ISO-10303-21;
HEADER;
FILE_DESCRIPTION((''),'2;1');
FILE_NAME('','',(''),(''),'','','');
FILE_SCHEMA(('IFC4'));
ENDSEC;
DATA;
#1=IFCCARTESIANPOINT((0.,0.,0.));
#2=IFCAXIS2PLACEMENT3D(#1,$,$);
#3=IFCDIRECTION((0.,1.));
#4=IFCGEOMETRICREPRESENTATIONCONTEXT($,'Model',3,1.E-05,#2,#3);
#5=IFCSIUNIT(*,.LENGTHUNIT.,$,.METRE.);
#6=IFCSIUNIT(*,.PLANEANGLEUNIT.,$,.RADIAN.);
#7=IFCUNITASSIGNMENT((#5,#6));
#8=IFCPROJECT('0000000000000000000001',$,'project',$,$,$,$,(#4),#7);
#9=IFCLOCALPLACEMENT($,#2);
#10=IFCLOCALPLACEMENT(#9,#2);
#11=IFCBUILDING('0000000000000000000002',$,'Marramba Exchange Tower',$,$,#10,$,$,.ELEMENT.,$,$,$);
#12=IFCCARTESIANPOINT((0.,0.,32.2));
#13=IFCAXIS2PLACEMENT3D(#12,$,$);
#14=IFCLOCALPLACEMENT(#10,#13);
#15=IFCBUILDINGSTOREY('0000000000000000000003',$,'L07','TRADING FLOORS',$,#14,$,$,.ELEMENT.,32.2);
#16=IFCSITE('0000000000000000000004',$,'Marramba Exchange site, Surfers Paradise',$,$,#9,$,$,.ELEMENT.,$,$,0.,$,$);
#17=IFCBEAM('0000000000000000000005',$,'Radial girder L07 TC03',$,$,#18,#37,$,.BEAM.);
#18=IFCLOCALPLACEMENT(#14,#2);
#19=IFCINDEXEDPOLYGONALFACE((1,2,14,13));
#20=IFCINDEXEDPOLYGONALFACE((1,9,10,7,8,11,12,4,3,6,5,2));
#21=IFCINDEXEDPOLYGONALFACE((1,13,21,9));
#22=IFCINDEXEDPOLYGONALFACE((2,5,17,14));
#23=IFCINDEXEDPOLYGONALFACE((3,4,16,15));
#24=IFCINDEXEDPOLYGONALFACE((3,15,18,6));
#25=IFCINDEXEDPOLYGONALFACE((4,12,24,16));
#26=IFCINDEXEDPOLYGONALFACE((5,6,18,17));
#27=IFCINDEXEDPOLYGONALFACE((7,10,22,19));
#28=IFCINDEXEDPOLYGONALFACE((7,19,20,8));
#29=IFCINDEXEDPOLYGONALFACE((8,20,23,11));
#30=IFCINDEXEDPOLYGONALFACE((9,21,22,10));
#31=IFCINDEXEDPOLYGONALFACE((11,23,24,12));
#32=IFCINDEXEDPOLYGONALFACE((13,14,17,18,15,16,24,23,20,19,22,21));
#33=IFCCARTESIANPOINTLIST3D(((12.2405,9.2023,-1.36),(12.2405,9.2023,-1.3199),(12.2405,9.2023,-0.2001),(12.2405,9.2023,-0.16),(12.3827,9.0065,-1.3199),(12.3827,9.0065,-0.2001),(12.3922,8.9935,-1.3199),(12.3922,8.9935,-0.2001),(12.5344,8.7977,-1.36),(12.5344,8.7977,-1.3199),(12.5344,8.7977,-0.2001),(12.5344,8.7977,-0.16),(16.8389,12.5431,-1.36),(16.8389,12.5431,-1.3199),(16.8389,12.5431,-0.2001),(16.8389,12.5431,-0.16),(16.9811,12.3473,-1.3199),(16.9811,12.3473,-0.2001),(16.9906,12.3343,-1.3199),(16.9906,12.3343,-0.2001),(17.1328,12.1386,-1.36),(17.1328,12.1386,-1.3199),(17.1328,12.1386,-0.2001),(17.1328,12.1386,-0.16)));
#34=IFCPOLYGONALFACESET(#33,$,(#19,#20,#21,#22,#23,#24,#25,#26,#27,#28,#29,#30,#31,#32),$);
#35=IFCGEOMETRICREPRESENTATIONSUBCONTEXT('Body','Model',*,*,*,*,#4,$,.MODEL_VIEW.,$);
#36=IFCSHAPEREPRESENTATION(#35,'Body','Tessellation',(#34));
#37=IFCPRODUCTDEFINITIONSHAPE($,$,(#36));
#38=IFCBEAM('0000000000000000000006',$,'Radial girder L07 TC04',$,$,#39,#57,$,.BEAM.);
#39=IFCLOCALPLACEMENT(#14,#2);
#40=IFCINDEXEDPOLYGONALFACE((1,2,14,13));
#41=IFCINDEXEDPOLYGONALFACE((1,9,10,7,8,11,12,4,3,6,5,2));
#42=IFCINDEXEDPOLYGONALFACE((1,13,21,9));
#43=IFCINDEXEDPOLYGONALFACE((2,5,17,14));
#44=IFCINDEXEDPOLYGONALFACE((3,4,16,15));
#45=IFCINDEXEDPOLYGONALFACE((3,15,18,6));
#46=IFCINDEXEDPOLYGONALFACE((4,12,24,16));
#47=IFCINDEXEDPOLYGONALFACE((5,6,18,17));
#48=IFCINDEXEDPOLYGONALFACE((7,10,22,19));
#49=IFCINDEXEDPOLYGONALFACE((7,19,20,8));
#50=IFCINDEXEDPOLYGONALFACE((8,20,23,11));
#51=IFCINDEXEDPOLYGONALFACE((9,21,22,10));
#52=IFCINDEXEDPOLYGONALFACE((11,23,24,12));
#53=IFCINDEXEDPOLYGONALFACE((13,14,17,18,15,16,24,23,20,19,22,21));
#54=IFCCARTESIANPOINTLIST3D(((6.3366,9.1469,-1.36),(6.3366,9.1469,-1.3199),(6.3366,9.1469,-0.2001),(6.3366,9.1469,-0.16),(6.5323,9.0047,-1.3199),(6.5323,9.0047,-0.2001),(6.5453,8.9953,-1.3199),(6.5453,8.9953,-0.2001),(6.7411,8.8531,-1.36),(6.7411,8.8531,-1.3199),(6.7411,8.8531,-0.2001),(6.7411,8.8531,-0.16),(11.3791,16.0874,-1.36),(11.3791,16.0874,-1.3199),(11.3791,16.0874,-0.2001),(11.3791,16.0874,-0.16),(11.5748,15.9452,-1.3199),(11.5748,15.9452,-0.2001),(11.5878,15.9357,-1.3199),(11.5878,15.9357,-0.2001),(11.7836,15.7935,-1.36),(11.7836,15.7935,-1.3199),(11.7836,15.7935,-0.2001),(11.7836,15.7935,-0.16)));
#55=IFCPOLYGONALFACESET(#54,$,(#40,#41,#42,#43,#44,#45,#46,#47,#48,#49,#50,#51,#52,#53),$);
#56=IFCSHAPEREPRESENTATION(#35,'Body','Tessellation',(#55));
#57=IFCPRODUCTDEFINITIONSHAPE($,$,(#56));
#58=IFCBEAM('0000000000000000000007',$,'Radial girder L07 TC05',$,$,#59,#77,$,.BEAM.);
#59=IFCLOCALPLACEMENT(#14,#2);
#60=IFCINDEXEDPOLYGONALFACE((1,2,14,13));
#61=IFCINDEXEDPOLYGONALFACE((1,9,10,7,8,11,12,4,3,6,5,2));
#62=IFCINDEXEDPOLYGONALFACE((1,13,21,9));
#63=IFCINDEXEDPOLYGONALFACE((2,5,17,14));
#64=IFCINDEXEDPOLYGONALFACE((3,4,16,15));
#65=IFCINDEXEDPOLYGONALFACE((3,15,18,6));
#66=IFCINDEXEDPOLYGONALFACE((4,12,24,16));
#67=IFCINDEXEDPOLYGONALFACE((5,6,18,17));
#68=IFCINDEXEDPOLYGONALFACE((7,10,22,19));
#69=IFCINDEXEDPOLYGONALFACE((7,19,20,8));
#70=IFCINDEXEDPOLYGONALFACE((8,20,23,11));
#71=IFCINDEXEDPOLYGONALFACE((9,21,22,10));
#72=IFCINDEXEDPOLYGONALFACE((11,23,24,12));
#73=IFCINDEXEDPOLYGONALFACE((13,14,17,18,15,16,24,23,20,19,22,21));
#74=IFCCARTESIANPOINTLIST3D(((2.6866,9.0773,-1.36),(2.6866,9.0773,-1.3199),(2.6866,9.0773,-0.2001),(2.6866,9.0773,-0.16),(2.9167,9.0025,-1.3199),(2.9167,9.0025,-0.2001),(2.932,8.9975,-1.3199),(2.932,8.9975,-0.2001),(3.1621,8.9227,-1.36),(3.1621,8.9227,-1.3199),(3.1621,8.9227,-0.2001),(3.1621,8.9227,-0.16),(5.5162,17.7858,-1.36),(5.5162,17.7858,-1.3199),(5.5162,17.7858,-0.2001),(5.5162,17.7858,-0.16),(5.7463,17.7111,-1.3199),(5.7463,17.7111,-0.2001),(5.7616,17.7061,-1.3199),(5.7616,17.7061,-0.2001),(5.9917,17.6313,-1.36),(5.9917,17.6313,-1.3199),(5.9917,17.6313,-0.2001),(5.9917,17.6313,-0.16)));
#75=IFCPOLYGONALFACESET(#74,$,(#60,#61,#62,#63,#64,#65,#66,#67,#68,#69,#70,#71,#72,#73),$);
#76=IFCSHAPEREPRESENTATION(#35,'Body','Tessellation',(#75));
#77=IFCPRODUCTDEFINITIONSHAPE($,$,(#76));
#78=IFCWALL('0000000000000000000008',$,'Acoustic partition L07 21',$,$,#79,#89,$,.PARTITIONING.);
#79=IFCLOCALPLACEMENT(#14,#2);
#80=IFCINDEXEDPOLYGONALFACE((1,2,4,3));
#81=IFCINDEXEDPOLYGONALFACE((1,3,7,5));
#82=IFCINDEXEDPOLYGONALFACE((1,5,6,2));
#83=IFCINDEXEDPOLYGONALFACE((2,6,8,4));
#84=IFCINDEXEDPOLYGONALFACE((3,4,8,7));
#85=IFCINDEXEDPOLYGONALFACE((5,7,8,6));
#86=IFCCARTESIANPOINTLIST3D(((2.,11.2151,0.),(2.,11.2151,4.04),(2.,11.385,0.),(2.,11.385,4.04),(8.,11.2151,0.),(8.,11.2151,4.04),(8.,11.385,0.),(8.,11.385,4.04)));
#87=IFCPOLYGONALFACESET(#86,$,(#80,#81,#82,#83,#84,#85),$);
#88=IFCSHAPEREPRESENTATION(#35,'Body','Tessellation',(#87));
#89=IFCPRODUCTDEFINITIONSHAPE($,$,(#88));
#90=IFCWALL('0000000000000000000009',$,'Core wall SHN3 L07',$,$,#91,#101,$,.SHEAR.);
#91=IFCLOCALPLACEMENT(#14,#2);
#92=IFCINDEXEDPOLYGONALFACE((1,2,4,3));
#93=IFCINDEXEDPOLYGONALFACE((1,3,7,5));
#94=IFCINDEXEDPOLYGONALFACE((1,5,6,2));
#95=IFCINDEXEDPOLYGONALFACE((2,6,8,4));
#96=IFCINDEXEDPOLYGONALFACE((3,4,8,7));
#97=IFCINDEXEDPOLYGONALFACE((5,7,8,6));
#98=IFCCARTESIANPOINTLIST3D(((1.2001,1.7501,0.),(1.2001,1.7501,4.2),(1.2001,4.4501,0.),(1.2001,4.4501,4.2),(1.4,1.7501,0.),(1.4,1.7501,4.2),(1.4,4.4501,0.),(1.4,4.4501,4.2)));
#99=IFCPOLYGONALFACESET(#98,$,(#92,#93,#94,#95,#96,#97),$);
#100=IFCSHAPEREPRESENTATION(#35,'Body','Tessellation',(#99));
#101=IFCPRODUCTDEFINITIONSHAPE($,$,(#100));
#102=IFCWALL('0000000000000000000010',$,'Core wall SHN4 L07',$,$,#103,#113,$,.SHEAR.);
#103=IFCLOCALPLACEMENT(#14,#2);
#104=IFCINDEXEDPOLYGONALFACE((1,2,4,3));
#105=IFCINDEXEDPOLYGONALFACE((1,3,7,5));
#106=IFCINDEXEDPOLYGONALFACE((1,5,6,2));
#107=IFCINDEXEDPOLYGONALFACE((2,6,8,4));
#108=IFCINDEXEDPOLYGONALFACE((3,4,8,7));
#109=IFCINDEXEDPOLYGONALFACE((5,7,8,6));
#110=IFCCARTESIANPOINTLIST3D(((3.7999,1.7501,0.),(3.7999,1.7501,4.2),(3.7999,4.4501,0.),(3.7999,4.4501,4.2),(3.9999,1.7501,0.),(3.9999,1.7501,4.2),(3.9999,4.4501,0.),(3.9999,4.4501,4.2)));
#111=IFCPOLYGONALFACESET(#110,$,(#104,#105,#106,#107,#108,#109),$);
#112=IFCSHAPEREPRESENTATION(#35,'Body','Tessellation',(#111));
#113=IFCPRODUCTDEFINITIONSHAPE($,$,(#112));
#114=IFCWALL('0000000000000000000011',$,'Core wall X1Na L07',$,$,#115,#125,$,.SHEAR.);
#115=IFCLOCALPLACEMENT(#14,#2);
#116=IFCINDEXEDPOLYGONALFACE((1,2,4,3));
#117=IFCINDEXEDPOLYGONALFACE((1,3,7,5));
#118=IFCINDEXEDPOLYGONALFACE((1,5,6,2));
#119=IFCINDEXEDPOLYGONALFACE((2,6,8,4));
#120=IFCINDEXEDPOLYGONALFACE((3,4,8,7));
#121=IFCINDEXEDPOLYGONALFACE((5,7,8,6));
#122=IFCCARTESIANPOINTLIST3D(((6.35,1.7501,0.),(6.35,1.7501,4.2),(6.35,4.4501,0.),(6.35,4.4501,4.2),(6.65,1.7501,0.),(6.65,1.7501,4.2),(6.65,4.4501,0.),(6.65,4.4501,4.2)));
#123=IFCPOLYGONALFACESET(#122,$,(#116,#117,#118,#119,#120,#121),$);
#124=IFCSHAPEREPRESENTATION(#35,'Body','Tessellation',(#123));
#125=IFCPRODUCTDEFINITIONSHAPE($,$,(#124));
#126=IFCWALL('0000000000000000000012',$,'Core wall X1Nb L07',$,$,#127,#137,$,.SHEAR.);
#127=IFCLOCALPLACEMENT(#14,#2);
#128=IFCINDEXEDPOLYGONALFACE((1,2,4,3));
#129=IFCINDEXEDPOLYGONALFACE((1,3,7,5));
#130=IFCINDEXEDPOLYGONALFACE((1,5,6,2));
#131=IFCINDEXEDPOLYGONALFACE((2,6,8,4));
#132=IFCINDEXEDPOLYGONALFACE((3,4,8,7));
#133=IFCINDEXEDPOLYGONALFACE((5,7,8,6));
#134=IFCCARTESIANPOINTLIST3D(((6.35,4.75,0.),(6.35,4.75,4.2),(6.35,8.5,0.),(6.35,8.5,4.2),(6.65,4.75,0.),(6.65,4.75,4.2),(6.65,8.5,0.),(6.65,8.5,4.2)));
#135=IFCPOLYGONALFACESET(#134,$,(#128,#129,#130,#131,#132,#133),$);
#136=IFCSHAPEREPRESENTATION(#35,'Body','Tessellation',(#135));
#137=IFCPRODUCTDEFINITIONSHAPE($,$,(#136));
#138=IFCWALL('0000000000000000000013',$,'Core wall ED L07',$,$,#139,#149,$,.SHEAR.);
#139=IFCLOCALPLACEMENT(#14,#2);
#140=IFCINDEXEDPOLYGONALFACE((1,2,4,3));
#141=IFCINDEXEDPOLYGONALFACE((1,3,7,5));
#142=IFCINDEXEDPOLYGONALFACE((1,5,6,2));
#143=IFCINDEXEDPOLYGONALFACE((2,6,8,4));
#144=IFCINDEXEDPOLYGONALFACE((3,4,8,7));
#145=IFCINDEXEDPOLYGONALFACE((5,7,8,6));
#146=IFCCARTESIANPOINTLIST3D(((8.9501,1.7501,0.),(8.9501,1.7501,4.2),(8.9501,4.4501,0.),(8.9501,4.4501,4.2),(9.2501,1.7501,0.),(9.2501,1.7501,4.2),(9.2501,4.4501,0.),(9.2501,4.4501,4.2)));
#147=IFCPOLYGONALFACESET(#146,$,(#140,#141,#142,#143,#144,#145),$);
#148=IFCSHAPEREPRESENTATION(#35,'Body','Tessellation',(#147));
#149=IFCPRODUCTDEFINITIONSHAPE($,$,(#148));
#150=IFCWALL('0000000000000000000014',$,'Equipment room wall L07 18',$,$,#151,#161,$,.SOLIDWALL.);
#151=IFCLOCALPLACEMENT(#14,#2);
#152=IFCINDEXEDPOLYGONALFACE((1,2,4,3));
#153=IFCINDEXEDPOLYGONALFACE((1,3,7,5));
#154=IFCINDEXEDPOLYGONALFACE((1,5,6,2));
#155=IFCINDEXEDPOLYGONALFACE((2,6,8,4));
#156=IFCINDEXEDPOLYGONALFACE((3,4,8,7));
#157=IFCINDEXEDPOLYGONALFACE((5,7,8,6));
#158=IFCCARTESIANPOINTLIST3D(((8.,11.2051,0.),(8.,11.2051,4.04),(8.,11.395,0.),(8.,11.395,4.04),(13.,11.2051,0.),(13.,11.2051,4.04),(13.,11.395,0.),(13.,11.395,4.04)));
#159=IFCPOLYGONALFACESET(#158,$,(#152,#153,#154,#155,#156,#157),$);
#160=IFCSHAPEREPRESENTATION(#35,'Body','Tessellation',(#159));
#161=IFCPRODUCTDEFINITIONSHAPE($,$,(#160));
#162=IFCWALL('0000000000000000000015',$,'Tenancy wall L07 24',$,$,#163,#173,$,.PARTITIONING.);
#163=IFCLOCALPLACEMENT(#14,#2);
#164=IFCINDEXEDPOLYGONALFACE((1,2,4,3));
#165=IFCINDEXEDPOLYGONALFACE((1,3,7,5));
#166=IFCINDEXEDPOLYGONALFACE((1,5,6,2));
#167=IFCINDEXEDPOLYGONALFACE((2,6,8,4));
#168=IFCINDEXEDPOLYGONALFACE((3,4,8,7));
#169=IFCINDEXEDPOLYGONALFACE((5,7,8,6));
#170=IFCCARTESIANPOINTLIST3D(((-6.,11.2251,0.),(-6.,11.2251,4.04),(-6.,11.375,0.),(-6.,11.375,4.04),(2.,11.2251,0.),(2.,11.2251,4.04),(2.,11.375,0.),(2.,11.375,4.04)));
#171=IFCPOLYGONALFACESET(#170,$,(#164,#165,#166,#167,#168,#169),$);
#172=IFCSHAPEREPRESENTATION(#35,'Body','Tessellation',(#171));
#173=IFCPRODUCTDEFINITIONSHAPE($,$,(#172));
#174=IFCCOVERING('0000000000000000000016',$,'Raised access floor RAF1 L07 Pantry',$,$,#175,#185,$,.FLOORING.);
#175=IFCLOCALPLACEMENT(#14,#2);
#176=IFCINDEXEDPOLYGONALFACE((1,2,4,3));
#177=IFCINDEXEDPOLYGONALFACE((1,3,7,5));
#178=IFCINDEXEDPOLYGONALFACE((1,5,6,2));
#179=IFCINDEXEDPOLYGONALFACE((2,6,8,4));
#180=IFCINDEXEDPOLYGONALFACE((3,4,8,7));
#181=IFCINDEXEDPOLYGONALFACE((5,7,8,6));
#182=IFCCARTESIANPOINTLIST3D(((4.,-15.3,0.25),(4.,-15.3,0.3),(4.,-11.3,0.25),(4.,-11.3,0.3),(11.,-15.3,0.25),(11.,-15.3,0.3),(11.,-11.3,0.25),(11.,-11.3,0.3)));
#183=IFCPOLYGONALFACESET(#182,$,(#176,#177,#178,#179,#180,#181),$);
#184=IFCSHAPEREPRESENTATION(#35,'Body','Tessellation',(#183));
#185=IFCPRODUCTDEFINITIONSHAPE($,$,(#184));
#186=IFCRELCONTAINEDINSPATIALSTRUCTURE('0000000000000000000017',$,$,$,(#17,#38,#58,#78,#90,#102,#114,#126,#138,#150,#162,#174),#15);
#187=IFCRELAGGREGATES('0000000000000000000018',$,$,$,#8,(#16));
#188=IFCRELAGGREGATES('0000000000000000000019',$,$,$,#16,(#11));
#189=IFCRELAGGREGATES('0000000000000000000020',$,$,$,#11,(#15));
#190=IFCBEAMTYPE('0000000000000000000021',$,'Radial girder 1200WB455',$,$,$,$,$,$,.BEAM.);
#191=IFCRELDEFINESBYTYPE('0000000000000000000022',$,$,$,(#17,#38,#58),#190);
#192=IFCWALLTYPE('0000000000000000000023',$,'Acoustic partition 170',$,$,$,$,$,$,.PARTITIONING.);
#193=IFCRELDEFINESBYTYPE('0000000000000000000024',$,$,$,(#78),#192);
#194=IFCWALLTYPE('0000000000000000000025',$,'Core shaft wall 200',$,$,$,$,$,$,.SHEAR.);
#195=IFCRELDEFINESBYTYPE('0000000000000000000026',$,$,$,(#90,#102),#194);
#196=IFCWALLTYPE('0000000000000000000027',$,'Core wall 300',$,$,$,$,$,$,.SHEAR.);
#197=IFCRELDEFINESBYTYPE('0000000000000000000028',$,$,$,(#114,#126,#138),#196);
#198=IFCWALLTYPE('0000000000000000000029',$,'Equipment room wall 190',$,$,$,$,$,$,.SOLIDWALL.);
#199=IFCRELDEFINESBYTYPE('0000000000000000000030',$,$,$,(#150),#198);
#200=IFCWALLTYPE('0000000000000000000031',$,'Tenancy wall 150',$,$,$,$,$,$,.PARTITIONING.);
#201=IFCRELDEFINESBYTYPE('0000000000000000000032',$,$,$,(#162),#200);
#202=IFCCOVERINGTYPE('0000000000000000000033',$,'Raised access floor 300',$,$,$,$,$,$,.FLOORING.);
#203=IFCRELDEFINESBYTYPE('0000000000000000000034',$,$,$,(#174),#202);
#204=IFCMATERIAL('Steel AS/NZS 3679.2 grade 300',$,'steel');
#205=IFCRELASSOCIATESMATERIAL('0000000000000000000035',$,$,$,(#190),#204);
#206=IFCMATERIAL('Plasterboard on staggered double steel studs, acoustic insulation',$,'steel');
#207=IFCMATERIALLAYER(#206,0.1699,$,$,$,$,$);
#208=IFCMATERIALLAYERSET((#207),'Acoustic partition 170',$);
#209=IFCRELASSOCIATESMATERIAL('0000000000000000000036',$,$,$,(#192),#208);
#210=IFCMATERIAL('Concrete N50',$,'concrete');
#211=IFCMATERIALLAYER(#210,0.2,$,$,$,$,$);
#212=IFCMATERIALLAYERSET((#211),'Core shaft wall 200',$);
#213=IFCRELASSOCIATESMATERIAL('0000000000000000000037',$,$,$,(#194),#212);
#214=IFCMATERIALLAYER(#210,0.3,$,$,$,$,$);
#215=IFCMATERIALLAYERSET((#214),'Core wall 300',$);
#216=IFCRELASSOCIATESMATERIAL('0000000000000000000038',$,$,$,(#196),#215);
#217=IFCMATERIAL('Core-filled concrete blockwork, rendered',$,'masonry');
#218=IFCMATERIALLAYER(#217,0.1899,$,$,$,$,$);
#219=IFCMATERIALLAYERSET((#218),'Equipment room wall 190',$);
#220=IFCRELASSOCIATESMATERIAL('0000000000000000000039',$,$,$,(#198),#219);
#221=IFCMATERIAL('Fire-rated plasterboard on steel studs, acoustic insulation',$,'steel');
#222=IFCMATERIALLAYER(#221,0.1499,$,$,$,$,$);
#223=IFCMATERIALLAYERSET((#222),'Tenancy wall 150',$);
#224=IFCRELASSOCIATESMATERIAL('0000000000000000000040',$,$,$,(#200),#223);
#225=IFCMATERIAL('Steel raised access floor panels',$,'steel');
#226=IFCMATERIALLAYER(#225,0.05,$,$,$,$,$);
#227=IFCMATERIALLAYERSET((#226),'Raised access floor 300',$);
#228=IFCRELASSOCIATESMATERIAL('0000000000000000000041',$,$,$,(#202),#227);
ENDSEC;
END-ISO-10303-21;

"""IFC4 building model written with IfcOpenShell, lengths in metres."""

from ifc_helpers import new_model, si_unit, direction, frame, frame_2d, origin, origin_2d, place, context, subcontext, project, spatial, polyline, rectangle, i_section, outline, extrude, material, layer, layer_set, material_profile, profile_set, type_object, element, save


model = new_model("IFC4")

# Units and contexts
model_context = context("Model", 3, precision=1e-05, world=origin(), true_north=direction((0.0, 1.0)))
body_context = subcontext(model_context, "Body", "Model", "MODEL_VIEW")
ifc_project = project(units=[si_unit("LENGTHUNIT", "METRE"), si_unit("PLANEANGLEUNIT", "RADIAN")], contexts=[model_context])

# Site, building, storey
site_placement = place(None, origin())
site = spatial("IfcSite", under=ifc_project, at=site_placement, Name="Marramba Exchange site, Surfers Paradise", CompositionType="ELEMENT", RefElevation=0.0)
building_placement = place(site_placement, origin())
building = spatial("IfcBuilding", under=site, at=building_placement, Name="Marramba Exchange Tower", CompositionType="ELEMENT")
storey_placement = place(building_placement, frame((0.0, 0.0, 32.2)))
storey = spatial("IfcBuildingStorey", under=building, at=storey_placement, Name="L07", Description="TRADING FLOORS", CompositionType="ELEMENT", Elevation=32.2)

# Beams
ifc_material_1 = material(Name="Steel AS/NZS 3679.2 grade 300", Category="steel")
ifc_material_profile_1 = material_profile(ifc_material_1, i_section(OverallWidth=0.5, OverallDepth=1.2, WebThickness=0.0161, FlangeThickness=0.04, at=origin_2d()), Name="1200WB455")
ifc_profile_set_1 = profile_set([ifc_material_profile_1], Name="Steel AS/NZS 3679.2 grade 300")
beam_type_1 = type_object("IfcBeamType", Name="Radial girder 1200WB455", PredefinedType="BEAM", material=ifc_profile_set_1)
beam_1_placement = place(storey_placement, frame((12.3875, 9.0, -0.76), z_axis=(0.809026, 0.587773, 0.0), x_axis=(-0.587773, 0.809026, 0.0)))
element("IfcBeam", 1, at=beam_1_placement, inside=storey, type_object=beam_type_1, Name="Radial girder L07 TC03", PredefinedType="BEAM", context=body_context, shape_type="SweptSolid", body=[
    extrude(i_section(OverallWidth=0.5, OverallDepth=1.2, WebThickness=0.0161, FlangeThickness=0.04, at=origin_2d()), origin(), (0.0, 0.0, 1.0), 5.6838),
])
beam_2_placement = place(storey_placement, frame((6.5388, 9.0, -0.76), z_axis=(0.587782, 0.809019, 0.0), x_axis=(-0.809019, 0.587782, 0.0)))
element("IfcBeam", 2, at=beam_2_placement, inside=storey, type_object=beam_type_1, Name="Radial girder L07 TC04", PredefinedType="BEAM", context=body_context, shape_type="SweptSolid", body=[
    extrude(i_section(OverallWidth=0.5, OverallDepth=1.2, WebThickness=0.0161, FlangeThickness=0.04, at=origin_2d()), origin(), (0.0, 0.0, 1.0), 8.5789),
])
beam_3_placement = place(storey_placement, frame((2.9243, 9.0, -0.76), z_axis=(0.30902, 0.951056, 0.0), x_axis=(-0.951056, 0.30902, 0.0)))
element("IfcBeam", 3, at=beam_3_placement, inside=storey, type_object=beam_type_1, Name="Radial girder L07 TC05", PredefinedType="BEAM", context=body_context, shape_type="SweptSolid", body=[
    extrude(i_section(OverallWidth=0.5, OverallDepth=1.2, WebThickness=0.0161, FlangeThickness=0.04, at=origin_2d()), origin(), (0.0, 0.0, 1.0), 9.1567),
])

# Walls
ifc_material_2 = material(Name="Plasterboard on staggered double steel studs, acoustic insulation", Category="steel")
ifc_layer_1 = layer(ifc_material_2, 0.1699)
ifc_layer_set_1 = layer_set([ifc_layer_1], Name="Acoustic partition 170")
wall_type_1 = type_object("IfcWallType", Name="Acoustic partition 170", PredefinedType="PARTITIONING", material=ifc_layer_set_1)
wall_1_placement = place(storey_placement, frame((2.0, 11.3, 0.0), z_axis=(0.0, 0.0, 1.0), x_axis=(1.0, 0.0, 0.0)))
element("IfcWall", 4, at=wall_1_placement, inside=storey, type_object=wall_type_1, Name="Acoustic partition L07 21", PredefinedType="PARTITIONING", context=body_context, shape_type="SweptSolid", body=[
    extrude(rectangle(XDim=6.0, YDim=0.1699, at=frame_2d((3.0, 0.0))), origin(), (0.0, 0.0, 1.0), 4.04),
])
ifc_material_3 = material(Name="Concrete N50", Category="concrete")
ifc_layer_2 = layer(ifc_material_3, 0.2)
ifc_layer_set_2 = layer_set([ifc_layer_2], Name="Core shaft wall 200")
wall_type_2 = type_object("IfcWallType", Name="Core shaft wall 200", PredefinedType="SHEAR", material=ifc_layer_set_2)
for number, where, z_axis, x_axis, name in (
    (5, (1.3, 1.75, 0.0), (0.0, 0.0, 1.0), (0.0, 1.0, 0.0), "Core wall SHN3 L07"),
    (6, (3.8999, 1.75, 0.0), (0.0, 0.0, 1.0), (0.0, 1.0, 0.0), "Core wall SHN4 L07"),
):
    element("IfcWall", number, at=place(storey_placement, frame(where, z_axis=z_axis, x_axis=x_axis)), inside=storey, type_object=wall_type_2, Name=name, PredefinedType="SHEAR", context=body_context, shape_type="SweptSolid", body=[
        extrude(rectangle(XDim=2.7, YDim=0.2, at=frame_2d((1.3501, 0.0))), origin(), (0.0, 0.0, 1.0), 4.2),
    ])
ifc_layer_3 = layer(ifc_material_3, 0.3)
ifc_layer_set_3 = layer_set([ifc_layer_3], Name="Core wall 300")
wall_type_3 = type_object("IfcWallType", Name="Core wall 300", PredefinedType="SHEAR", material=ifc_layer_set_3)
wall_2_placement = place(storey_placement, frame((6.5, 1.75, 0.0), z_axis=(0.0, 0.0, 1.0), x_axis=(0.0, 1.0, 0.0)))
element("IfcWall", 7, at=wall_2_placement, inside=storey, type_object=wall_type_3, Name="Core wall X1Na L07", PredefinedType="SHEAR", context=body_context, shape_type="SweptSolid", body=[
    extrude(rectangle(XDim=2.7, YDim=0.3, at=frame_2d((1.3501, 0.0))), origin(), (0.0, 0.0, 1.0), 4.2),
])
wall_3_placement = place(storey_placement, frame((6.5, 4.75, 0.0), z_axis=(0.0, 0.0, 1.0), x_axis=(0.0, 1.0, 0.0)))
element("IfcWall", 8, at=wall_3_placement, inside=storey, type_object=wall_type_3, Name="Core wall X1Nb L07", PredefinedType="SHEAR", context=body_context, shape_type="SweptSolid", body=[
    extrude(rectangle(XDim=3.75, YDim=0.3, at=frame_2d((1.875, 0.0))), origin(), (0.0, 0.0, 1.0), 4.2),
])
wall_4_placement = place(storey_placement, frame((9.1001, 1.75, 0.0), z_axis=(0.0, 0.0, 1.0), x_axis=(0.0, 1.0, 0.0)))
element("IfcWall", 9, at=wall_4_placement, inside=storey, type_object=wall_type_3, Name="Core wall ED L07", PredefinedType="SHEAR", context=body_context, shape_type="SweptSolid", body=[
    extrude(rectangle(XDim=2.7, YDim=0.3, at=frame_2d((1.3501, 0.0))), origin(), (0.0, 0.0, 1.0), 4.2),
])
ifc_material_4 = material(Name="Core-filled concrete blockwork, rendered", Category="masonry")
ifc_layer_4 = layer(ifc_material_4, 0.1899)
ifc_layer_set_4 = layer_set([ifc_layer_4], Name="Equipment room wall 190")
wall_type_4 = type_object("IfcWallType", Name="Equipment room wall 190", PredefinedType="SOLIDWALL", material=ifc_layer_set_4)
wall_5_placement = place(storey_placement, frame((8.0, 11.3, 0.0), z_axis=(0.0, 0.0, 1.0), x_axis=(1.0, 0.0, 0.0)))
element("IfcWall", 10, at=wall_5_placement, inside=storey, type_object=wall_type_4, Name="Equipment room wall L07 18", PredefinedType="SOLIDWALL", context=body_context, shape_type="SweptSolid", body=[
    extrude(rectangle(XDim=5.0, YDim=0.1899, at=frame_2d((2.5, 0.0))), origin(), (0.0, 0.0, 1.0), 4.04),
])
ifc_material_5 = material(Name="Fire-rated plasterboard on steel studs, acoustic insulation", Category="steel")
ifc_layer_5 = layer(ifc_material_5, 0.1499)
ifc_layer_set_5 = layer_set([ifc_layer_5], Name="Tenancy wall 150")
wall_type_5 = type_object("IfcWallType", Name="Tenancy wall 150", PredefinedType="PARTITIONING", material=ifc_layer_set_5)
wall_6_placement = place(storey_placement, frame((2.0, 11.3, 0.0), z_axis=(0.0, 0.0, 1.0), x_axis=(-1.0, 0.0, 0.0)))
element("IfcWall", 11, at=wall_6_placement, inside=storey, type_object=wall_type_5, Name="Tenancy wall L07 24", PredefinedType="PARTITIONING", context=body_context, shape_type="SweptSolid", body=[
    extrude(rectangle(XDim=8.0, YDim=0.1499, at=frame_2d((4.0, 0.0))), origin(), (0.0, 0.0, 1.0), 4.04),
])

# Covering
ifc_material_6 = material(Name="Steel raised access floor panels", Category="steel")
ifc_layer_6 = layer(ifc_material_6, 0.05)
ifc_layer_set_6 = layer_set([ifc_layer_6], Name="Raised access floor 300")
covering_type_1 = type_object("IfcCoveringType", Name="Raised access floor 300", PredefinedType="FLOORING", material=ifc_layer_set_6)
covering_1_placement = place(storey_placement, frame((0.0, 0.0, 0.25)))
element("IfcCovering", 12, at=covering_1_placement, inside=storey, type_object=covering_type_1, Name="Raised access floor RAF1 L07 Pantry", PredefinedType="FLOORING", context=body_context, shape_type="SweptSolid", body=[
    extrude(outline(polyline([(11.0, -15.3), (4.0, -15.3), (4.0, -11.3), (11.0, -11.3), (11.0, -15.3)])), origin(), (0.0, 0.0, 1.0), 0.05),
])

save(model, "model.ifc")
